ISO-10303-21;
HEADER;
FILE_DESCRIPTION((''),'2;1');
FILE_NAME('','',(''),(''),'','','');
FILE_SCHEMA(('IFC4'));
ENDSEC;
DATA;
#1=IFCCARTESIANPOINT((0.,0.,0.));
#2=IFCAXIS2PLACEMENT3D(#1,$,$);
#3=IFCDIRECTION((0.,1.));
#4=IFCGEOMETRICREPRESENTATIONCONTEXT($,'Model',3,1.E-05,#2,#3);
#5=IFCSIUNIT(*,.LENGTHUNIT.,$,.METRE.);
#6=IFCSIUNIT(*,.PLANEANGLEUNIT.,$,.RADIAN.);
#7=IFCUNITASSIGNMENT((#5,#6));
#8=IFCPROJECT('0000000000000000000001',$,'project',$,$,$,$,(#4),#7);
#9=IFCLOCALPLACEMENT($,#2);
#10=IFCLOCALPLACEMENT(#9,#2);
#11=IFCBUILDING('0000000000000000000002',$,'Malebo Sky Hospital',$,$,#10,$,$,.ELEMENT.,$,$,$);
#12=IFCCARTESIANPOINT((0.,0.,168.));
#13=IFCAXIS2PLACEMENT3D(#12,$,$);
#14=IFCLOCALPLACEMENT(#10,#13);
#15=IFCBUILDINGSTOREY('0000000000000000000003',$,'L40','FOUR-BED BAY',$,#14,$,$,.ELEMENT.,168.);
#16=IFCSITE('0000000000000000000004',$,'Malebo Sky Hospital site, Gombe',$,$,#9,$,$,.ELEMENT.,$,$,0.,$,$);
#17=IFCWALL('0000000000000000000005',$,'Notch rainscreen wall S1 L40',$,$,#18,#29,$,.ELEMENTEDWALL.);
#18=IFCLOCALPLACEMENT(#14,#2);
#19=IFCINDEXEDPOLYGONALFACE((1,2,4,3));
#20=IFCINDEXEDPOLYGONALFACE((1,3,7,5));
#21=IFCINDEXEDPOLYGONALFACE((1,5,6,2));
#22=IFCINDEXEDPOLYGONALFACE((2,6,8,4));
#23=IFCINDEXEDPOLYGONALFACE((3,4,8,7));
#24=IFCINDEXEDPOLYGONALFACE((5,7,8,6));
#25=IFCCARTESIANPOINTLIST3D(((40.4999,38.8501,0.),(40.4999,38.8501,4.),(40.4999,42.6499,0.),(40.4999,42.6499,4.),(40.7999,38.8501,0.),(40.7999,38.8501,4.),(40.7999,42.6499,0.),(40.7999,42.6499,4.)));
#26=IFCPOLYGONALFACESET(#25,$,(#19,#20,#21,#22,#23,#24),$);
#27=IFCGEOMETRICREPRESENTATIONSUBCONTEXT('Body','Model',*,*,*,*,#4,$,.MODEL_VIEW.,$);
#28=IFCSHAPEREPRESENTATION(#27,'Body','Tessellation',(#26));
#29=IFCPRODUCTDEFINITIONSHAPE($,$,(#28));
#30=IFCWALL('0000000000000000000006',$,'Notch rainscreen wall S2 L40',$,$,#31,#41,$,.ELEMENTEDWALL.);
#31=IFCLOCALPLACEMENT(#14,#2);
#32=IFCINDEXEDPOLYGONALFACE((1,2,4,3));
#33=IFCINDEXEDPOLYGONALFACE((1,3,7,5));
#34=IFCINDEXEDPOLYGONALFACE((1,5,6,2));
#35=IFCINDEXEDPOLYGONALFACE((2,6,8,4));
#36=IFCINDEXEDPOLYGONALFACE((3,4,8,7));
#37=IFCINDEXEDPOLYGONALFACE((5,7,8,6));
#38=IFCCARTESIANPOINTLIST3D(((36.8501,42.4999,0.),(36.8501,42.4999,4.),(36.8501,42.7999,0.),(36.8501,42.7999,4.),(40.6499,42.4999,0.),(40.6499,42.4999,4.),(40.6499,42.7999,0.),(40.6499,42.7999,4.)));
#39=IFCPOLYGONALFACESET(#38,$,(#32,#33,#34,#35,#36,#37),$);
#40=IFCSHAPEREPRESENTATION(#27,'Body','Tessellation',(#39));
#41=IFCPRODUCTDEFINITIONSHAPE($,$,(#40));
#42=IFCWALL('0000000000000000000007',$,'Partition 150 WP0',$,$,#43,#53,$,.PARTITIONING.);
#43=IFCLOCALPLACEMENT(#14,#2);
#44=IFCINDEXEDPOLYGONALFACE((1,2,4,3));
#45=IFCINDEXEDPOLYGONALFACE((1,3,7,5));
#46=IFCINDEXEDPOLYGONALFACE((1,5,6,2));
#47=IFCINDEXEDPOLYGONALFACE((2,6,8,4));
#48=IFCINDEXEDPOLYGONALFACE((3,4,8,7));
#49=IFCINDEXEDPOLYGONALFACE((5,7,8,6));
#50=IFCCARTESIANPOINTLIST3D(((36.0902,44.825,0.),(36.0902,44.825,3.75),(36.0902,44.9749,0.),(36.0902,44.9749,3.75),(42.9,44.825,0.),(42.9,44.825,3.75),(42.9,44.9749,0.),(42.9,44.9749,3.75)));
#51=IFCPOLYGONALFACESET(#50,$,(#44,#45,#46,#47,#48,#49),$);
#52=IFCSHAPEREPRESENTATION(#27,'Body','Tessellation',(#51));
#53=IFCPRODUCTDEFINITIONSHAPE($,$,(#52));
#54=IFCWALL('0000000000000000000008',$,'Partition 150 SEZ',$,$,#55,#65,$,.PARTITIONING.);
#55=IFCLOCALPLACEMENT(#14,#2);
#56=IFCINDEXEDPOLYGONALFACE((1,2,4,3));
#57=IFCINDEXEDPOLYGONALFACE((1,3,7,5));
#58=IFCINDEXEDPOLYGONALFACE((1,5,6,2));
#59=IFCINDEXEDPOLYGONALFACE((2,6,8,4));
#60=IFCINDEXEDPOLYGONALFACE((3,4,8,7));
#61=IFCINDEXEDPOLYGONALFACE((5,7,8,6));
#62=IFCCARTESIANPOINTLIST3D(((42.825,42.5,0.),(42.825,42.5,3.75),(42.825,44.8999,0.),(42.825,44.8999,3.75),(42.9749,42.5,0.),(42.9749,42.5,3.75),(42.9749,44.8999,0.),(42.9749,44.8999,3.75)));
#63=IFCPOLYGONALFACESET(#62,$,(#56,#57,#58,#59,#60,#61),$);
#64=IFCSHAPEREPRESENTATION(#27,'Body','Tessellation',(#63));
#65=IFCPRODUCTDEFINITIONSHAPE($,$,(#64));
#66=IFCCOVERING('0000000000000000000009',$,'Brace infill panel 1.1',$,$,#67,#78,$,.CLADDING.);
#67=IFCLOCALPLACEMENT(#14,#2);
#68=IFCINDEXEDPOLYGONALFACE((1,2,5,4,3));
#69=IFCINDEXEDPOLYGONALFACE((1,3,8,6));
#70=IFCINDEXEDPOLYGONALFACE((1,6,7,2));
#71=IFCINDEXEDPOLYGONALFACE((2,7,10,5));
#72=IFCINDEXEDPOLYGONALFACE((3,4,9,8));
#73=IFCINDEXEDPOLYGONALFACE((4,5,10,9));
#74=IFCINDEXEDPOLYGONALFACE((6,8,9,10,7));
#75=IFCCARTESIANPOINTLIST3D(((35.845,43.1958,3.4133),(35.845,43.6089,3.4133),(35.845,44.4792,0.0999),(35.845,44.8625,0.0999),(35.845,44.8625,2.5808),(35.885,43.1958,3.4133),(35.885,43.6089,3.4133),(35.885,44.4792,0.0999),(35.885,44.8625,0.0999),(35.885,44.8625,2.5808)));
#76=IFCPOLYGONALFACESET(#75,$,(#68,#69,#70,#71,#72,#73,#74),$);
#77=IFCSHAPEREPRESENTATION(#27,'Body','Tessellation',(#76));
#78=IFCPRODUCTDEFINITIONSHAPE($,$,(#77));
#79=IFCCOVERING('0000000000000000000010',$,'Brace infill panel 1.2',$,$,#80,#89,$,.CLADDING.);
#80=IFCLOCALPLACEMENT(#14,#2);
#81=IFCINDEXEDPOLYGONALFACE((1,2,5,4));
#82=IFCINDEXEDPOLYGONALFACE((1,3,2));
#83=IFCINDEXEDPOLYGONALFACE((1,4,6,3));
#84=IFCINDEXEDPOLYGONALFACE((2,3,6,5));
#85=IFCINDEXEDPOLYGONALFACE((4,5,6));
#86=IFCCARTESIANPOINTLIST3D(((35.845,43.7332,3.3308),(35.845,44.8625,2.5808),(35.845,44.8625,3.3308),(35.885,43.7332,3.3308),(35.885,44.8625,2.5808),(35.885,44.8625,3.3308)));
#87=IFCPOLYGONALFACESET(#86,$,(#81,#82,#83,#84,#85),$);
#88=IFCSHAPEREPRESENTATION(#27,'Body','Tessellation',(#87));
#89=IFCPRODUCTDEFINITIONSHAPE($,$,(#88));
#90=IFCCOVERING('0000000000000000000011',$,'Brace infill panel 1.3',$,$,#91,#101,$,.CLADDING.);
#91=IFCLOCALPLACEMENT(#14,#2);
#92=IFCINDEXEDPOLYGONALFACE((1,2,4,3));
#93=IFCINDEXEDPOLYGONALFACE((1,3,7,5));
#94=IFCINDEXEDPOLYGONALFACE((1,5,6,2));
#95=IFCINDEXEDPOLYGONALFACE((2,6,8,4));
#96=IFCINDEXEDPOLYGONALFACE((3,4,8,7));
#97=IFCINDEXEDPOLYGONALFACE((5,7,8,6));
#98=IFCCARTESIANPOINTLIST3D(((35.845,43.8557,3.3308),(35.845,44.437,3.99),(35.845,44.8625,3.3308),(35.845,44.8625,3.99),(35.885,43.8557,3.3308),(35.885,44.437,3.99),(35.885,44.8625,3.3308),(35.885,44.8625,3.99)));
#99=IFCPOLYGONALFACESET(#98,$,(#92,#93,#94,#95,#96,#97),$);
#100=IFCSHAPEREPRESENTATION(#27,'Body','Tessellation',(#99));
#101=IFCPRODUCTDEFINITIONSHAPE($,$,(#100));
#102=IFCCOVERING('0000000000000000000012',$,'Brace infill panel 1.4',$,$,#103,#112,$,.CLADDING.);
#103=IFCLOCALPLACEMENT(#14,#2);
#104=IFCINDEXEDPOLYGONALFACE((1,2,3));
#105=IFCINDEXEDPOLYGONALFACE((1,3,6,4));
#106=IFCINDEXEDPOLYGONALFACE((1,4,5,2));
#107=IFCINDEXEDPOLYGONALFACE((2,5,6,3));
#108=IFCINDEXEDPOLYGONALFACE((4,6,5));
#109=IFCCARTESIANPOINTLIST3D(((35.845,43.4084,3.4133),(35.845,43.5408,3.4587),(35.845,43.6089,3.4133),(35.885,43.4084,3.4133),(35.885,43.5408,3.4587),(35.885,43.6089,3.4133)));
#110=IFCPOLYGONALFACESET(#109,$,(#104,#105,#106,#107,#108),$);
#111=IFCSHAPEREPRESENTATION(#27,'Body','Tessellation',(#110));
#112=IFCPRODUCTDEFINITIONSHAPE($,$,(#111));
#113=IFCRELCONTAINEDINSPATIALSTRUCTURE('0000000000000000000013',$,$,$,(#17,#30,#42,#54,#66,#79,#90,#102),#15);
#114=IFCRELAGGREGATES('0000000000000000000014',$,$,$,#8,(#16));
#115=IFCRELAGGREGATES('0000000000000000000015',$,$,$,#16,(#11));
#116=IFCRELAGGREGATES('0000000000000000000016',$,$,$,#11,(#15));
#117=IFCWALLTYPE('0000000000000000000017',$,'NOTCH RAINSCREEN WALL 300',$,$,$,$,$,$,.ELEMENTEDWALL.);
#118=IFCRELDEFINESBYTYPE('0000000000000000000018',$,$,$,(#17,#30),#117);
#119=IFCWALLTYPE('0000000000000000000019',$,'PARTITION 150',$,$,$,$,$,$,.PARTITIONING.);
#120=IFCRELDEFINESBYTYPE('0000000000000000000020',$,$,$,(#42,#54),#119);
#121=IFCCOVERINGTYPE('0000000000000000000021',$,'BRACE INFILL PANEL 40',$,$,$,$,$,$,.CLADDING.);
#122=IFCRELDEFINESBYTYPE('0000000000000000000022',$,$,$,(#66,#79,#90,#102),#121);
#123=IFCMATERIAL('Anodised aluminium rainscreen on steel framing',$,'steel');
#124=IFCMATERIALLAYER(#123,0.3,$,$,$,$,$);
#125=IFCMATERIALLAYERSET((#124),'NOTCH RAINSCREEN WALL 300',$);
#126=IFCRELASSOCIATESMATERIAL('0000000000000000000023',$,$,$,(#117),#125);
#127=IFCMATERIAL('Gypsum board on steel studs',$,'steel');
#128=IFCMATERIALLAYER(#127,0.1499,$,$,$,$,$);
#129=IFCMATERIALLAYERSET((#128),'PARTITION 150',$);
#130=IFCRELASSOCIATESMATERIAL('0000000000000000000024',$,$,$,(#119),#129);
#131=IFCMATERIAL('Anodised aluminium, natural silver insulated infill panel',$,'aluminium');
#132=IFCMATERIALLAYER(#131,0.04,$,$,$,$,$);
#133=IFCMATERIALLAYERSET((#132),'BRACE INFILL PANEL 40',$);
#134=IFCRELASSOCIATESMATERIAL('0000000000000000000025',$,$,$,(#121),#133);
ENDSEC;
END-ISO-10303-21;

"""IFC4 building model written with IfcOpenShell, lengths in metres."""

from ifc_helpers import new_model, si_unit, direction, frame, frame_2d, origin, place, context, subcontext, project, spatial, polyline, rectangle, outline, extrude, material, layer, layer_set, type_object, element, save


model = new_model("IFC4")

# Units and contexts
model_context = context("Model", 3, precision=1e-05, world=origin(), true_north=direction((0.0, 1.0)))
body_context = subcontext(model_context, "Body", "Model", "MODEL_VIEW")
ifc_project = project(units=[si_unit("LENGTHUNIT", "METRE"), si_unit("PLANEANGLEUNIT", "RADIAN")], contexts=[model_context])

# Site, building, storey
site_placement = place(None, origin())
site = spatial("IfcSite", under=ifc_project, at=site_placement, Name="Malebo Sky Hospital site, Gombe", CompositionType="ELEMENT", RefElevation=0.0)
building_placement = place(site_placement, origin())
building = spatial("IfcBuilding", under=site, at=building_placement, Name="Malebo Sky Hospital", CompositionType="ELEMENT")
storey_placement = place(building_placement, frame((0.0, 0.0, 168.0)))
storey = spatial("IfcBuildingStorey", under=building, at=storey_placement, Name="L40", Description="FOUR-BED BAY", CompositionType="ELEMENT", Elevation=168.0)

# Shared definitions
ifc_material_1 = material(Name="Gypsum board on steel studs", Category="steel")

# Walls
ifc_material_2 = material(Name="Anodised aluminium rainscreen on steel framing", Category="steel")
ifc_layer_1 = layer(ifc_material_2, 0.3)
ifc_layer_set_1 = layer_set([ifc_layer_1], Name="NOTCH RAINSCREEN WALL 300")
wall_type_1 = type_object("IfcWallType", Name="NOTCH RAINSCREEN WALL 300", PredefinedType="ELEMENTEDWALL", material=ifc_layer_set_1)
for number, where, z_axis, x_axis, name in (
    (1, (40.6499, 38.8501, 0.0), (0.0, 0.0, 1.0), (0.0, 1.0, 0.0), "Notch rainscreen wall S1 L40"),
    (2, (40.6499, 42.6499, 0.0), (0.0, 0.0, 1.0), (-1.0, 0.0, 0.0), "Notch rainscreen wall S2 L40"),
):
    element("IfcWall", number, at=place(storey_placement, frame(where, z_axis=z_axis, x_axis=x_axis)), inside=storey, type_object=wall_type_1, Name=name, PredefinedType="ELEMENTEDWALL", context=body_context, shape_type="SweptSolid", body=[
        extrude(rectangle(XDim=3.7998, YDim=0.3, at=frame_2d((1.8999, 0.0))), origin(), (0.0, 0.0, 1.0), 4.0),
    ])
ifc_layer_2 = layer(ifc_material_1, 0.1499)
ifc_layer_set_2 = layer_set([ifc_layer_2], Name="PARTITION 150")
wall_type_2 = type_object("IfcWallType", Name="PARTITION 150", PredefinedType="PARTITIONING", material=ifc_layer_set_2)
wall_1_placement = place(storey_placement, frame((42.8999, 44.8999, 0.0), z_axis=(0.0, 0.0, 1.0), x_axis=(-1.0, 0.0, 0.0)))
element("IfcWall", 3, at=wall_1_placement, inside=storey, type_object=wall_type_2, Name="Partition 150 WP0", PredefinedType="PARTITIONING", context=body_context, shape_type="SweptSolid", body=[
    extrude(rectangle(XDim=6.8098, YDim=0.1499, at=frame_2d((3.4048, 0.0))), origin(), (0.0, 0.0, 1.0), 3.75),
])
wall_2_placement = place(storey_placement, frame((42.8999, 44.8999, 0.0), z_axis=(0.0, 0.0, 1.0), x_axis=(0.0, -1.0, 0.0)))
element("IfcWall", 4, at=wall_2_placement, inside=storey, type_object=wall_type_2, Name="Partition 150 SEZ", PredefinedType="PARTITIONING", context=body_context, shape_type="SweptSolid", body=[
    extrude(rectangle(XDim=2.3999, YDim=0.1499, at=frame_2d((1.2, 0.0))), origin(), (0.0, 0.0, 1.0), 3.75),
])

# Coverings
ifc_material_3 = material(Name="Anodised aluminium, natural silver insulated infill panel", Category="aluminium")
ifc_layer_3 = layer(ifc_material_3, 0.04)
ifc_layer_set_3 = layer_set([ifc_layer_3], Name="BRACE INFILL PANEL 40")
covering_type = type_object("IfcCoveringType", Name="BRACE INFILL PANEL 40", PredefinedType="CLADDING", material=ifc_layer_set_3)
covering_1_placement = place(storey_placement, frame((35.865, 44.0291, 0.0999), z_axis=(0.0, 0.0, 1.0), x_axis=(0.0, 1.0, 0.0)))
element("IfcCovering", 5, at=covering_1_placement, inside=storey, type_object=covering_type, Name="Brace infill panel 1.1", PredefinedType="CLADDING", context=body_context, shape_type="SweptSolid", body=[
    extrude(outline(polyline([(0.4502, 0.0), (0.8335, 0.0), (0.8335, 2.481), (-0.4202, 3.3135), (-0.8333, 3.3135), (0.4502, 0.0)])), frame((0.0, 0.02, 0.0), z_axis=(0.0, -1.0, 0.0), x_axis=(1.0, 0.0, 0.0)), (0.0, 0.0, 1.0), 0.04),
])
covering_2_placement = place(storey_placement, frame((35.865, 44.2979, 2.5808), z_axis=(0.0, 0.0, 1.0), x_axis=(0.0, 1.0, 0.0)))
element("IfcCovering", 6, at=covering_2_placement, inside=storey, type_object=covering_type, Name="Brace infill panel 1.2", PredefinedType="CLADDING", context=body_context, shape_type="SweptSolid", body=[
    extrude(outline(polyline([(0.5647, 0.0), (0.5647, 0.75), (-0.5647, 0.75), (0.5647, 0.0)])), frame((0.0, 0.02, 0.0), z_axis=(0.0, -1.0, 0.0), x_axis=(1.0, 0.0, 0.0)), (0.0, 0.0, 1.0), 0.04),
])
covering_3_placement = place(storey_placement, frame((35.865, 44.3591, 3.3308), z_axis=(0.0, 0.0, 1.0), x_axis=(0.0, 1.0, 0.0)))
element("IfcCovering", 7, at=covering_3_placement, inside=storey, type_object=covering_type, Name="Brace infill panel 1.3", PredefinedType="CLADDING", context=body_context, shape_type="SweptSolid", body=[
    extrude(outline(polyline([(-0.5034, 0.0), (0.5034, 0.0), (0.5034, 0.6592), (0.0779, 0.6592), (-0.5034, 0.0)])), frame((0.0, 0.02, 0.0), z_axis=(0.0, -1.0, 0.0), x_axis=(1.0, 0.0, 0.0)), (0.0, 0.0, 1.0), 0.04),
])
covering_4_placement = place(storey_placement, frame((35.865, 43.5088, 3.4133), z_axis=(0.0, 0.0, 1.0), x_axis=(0.0, 1.0, 0.0)))
element("IfcCovering", 8, at=covering_4_placement, inside=storey, type_object=covering_type, Name="Brace infill panel 1.4", PredefinedType="CLADDING", context=body_context, shape_type="SweptSolid", body=[
    extrude(outline(polyline([(-0.1003, 0.0), (0.1001, 0.0), (0.032, 0.0454), (-0.1003, 0.0)])), frame((0.0, 0.02, 0.0), z_axis=(0.0, -1.0, 0.0), x_axis=(1.0, 0.0, 0.0)), (0.0, 0.0, 1.0), 0.04),
])

save(model, "model.ifc")
